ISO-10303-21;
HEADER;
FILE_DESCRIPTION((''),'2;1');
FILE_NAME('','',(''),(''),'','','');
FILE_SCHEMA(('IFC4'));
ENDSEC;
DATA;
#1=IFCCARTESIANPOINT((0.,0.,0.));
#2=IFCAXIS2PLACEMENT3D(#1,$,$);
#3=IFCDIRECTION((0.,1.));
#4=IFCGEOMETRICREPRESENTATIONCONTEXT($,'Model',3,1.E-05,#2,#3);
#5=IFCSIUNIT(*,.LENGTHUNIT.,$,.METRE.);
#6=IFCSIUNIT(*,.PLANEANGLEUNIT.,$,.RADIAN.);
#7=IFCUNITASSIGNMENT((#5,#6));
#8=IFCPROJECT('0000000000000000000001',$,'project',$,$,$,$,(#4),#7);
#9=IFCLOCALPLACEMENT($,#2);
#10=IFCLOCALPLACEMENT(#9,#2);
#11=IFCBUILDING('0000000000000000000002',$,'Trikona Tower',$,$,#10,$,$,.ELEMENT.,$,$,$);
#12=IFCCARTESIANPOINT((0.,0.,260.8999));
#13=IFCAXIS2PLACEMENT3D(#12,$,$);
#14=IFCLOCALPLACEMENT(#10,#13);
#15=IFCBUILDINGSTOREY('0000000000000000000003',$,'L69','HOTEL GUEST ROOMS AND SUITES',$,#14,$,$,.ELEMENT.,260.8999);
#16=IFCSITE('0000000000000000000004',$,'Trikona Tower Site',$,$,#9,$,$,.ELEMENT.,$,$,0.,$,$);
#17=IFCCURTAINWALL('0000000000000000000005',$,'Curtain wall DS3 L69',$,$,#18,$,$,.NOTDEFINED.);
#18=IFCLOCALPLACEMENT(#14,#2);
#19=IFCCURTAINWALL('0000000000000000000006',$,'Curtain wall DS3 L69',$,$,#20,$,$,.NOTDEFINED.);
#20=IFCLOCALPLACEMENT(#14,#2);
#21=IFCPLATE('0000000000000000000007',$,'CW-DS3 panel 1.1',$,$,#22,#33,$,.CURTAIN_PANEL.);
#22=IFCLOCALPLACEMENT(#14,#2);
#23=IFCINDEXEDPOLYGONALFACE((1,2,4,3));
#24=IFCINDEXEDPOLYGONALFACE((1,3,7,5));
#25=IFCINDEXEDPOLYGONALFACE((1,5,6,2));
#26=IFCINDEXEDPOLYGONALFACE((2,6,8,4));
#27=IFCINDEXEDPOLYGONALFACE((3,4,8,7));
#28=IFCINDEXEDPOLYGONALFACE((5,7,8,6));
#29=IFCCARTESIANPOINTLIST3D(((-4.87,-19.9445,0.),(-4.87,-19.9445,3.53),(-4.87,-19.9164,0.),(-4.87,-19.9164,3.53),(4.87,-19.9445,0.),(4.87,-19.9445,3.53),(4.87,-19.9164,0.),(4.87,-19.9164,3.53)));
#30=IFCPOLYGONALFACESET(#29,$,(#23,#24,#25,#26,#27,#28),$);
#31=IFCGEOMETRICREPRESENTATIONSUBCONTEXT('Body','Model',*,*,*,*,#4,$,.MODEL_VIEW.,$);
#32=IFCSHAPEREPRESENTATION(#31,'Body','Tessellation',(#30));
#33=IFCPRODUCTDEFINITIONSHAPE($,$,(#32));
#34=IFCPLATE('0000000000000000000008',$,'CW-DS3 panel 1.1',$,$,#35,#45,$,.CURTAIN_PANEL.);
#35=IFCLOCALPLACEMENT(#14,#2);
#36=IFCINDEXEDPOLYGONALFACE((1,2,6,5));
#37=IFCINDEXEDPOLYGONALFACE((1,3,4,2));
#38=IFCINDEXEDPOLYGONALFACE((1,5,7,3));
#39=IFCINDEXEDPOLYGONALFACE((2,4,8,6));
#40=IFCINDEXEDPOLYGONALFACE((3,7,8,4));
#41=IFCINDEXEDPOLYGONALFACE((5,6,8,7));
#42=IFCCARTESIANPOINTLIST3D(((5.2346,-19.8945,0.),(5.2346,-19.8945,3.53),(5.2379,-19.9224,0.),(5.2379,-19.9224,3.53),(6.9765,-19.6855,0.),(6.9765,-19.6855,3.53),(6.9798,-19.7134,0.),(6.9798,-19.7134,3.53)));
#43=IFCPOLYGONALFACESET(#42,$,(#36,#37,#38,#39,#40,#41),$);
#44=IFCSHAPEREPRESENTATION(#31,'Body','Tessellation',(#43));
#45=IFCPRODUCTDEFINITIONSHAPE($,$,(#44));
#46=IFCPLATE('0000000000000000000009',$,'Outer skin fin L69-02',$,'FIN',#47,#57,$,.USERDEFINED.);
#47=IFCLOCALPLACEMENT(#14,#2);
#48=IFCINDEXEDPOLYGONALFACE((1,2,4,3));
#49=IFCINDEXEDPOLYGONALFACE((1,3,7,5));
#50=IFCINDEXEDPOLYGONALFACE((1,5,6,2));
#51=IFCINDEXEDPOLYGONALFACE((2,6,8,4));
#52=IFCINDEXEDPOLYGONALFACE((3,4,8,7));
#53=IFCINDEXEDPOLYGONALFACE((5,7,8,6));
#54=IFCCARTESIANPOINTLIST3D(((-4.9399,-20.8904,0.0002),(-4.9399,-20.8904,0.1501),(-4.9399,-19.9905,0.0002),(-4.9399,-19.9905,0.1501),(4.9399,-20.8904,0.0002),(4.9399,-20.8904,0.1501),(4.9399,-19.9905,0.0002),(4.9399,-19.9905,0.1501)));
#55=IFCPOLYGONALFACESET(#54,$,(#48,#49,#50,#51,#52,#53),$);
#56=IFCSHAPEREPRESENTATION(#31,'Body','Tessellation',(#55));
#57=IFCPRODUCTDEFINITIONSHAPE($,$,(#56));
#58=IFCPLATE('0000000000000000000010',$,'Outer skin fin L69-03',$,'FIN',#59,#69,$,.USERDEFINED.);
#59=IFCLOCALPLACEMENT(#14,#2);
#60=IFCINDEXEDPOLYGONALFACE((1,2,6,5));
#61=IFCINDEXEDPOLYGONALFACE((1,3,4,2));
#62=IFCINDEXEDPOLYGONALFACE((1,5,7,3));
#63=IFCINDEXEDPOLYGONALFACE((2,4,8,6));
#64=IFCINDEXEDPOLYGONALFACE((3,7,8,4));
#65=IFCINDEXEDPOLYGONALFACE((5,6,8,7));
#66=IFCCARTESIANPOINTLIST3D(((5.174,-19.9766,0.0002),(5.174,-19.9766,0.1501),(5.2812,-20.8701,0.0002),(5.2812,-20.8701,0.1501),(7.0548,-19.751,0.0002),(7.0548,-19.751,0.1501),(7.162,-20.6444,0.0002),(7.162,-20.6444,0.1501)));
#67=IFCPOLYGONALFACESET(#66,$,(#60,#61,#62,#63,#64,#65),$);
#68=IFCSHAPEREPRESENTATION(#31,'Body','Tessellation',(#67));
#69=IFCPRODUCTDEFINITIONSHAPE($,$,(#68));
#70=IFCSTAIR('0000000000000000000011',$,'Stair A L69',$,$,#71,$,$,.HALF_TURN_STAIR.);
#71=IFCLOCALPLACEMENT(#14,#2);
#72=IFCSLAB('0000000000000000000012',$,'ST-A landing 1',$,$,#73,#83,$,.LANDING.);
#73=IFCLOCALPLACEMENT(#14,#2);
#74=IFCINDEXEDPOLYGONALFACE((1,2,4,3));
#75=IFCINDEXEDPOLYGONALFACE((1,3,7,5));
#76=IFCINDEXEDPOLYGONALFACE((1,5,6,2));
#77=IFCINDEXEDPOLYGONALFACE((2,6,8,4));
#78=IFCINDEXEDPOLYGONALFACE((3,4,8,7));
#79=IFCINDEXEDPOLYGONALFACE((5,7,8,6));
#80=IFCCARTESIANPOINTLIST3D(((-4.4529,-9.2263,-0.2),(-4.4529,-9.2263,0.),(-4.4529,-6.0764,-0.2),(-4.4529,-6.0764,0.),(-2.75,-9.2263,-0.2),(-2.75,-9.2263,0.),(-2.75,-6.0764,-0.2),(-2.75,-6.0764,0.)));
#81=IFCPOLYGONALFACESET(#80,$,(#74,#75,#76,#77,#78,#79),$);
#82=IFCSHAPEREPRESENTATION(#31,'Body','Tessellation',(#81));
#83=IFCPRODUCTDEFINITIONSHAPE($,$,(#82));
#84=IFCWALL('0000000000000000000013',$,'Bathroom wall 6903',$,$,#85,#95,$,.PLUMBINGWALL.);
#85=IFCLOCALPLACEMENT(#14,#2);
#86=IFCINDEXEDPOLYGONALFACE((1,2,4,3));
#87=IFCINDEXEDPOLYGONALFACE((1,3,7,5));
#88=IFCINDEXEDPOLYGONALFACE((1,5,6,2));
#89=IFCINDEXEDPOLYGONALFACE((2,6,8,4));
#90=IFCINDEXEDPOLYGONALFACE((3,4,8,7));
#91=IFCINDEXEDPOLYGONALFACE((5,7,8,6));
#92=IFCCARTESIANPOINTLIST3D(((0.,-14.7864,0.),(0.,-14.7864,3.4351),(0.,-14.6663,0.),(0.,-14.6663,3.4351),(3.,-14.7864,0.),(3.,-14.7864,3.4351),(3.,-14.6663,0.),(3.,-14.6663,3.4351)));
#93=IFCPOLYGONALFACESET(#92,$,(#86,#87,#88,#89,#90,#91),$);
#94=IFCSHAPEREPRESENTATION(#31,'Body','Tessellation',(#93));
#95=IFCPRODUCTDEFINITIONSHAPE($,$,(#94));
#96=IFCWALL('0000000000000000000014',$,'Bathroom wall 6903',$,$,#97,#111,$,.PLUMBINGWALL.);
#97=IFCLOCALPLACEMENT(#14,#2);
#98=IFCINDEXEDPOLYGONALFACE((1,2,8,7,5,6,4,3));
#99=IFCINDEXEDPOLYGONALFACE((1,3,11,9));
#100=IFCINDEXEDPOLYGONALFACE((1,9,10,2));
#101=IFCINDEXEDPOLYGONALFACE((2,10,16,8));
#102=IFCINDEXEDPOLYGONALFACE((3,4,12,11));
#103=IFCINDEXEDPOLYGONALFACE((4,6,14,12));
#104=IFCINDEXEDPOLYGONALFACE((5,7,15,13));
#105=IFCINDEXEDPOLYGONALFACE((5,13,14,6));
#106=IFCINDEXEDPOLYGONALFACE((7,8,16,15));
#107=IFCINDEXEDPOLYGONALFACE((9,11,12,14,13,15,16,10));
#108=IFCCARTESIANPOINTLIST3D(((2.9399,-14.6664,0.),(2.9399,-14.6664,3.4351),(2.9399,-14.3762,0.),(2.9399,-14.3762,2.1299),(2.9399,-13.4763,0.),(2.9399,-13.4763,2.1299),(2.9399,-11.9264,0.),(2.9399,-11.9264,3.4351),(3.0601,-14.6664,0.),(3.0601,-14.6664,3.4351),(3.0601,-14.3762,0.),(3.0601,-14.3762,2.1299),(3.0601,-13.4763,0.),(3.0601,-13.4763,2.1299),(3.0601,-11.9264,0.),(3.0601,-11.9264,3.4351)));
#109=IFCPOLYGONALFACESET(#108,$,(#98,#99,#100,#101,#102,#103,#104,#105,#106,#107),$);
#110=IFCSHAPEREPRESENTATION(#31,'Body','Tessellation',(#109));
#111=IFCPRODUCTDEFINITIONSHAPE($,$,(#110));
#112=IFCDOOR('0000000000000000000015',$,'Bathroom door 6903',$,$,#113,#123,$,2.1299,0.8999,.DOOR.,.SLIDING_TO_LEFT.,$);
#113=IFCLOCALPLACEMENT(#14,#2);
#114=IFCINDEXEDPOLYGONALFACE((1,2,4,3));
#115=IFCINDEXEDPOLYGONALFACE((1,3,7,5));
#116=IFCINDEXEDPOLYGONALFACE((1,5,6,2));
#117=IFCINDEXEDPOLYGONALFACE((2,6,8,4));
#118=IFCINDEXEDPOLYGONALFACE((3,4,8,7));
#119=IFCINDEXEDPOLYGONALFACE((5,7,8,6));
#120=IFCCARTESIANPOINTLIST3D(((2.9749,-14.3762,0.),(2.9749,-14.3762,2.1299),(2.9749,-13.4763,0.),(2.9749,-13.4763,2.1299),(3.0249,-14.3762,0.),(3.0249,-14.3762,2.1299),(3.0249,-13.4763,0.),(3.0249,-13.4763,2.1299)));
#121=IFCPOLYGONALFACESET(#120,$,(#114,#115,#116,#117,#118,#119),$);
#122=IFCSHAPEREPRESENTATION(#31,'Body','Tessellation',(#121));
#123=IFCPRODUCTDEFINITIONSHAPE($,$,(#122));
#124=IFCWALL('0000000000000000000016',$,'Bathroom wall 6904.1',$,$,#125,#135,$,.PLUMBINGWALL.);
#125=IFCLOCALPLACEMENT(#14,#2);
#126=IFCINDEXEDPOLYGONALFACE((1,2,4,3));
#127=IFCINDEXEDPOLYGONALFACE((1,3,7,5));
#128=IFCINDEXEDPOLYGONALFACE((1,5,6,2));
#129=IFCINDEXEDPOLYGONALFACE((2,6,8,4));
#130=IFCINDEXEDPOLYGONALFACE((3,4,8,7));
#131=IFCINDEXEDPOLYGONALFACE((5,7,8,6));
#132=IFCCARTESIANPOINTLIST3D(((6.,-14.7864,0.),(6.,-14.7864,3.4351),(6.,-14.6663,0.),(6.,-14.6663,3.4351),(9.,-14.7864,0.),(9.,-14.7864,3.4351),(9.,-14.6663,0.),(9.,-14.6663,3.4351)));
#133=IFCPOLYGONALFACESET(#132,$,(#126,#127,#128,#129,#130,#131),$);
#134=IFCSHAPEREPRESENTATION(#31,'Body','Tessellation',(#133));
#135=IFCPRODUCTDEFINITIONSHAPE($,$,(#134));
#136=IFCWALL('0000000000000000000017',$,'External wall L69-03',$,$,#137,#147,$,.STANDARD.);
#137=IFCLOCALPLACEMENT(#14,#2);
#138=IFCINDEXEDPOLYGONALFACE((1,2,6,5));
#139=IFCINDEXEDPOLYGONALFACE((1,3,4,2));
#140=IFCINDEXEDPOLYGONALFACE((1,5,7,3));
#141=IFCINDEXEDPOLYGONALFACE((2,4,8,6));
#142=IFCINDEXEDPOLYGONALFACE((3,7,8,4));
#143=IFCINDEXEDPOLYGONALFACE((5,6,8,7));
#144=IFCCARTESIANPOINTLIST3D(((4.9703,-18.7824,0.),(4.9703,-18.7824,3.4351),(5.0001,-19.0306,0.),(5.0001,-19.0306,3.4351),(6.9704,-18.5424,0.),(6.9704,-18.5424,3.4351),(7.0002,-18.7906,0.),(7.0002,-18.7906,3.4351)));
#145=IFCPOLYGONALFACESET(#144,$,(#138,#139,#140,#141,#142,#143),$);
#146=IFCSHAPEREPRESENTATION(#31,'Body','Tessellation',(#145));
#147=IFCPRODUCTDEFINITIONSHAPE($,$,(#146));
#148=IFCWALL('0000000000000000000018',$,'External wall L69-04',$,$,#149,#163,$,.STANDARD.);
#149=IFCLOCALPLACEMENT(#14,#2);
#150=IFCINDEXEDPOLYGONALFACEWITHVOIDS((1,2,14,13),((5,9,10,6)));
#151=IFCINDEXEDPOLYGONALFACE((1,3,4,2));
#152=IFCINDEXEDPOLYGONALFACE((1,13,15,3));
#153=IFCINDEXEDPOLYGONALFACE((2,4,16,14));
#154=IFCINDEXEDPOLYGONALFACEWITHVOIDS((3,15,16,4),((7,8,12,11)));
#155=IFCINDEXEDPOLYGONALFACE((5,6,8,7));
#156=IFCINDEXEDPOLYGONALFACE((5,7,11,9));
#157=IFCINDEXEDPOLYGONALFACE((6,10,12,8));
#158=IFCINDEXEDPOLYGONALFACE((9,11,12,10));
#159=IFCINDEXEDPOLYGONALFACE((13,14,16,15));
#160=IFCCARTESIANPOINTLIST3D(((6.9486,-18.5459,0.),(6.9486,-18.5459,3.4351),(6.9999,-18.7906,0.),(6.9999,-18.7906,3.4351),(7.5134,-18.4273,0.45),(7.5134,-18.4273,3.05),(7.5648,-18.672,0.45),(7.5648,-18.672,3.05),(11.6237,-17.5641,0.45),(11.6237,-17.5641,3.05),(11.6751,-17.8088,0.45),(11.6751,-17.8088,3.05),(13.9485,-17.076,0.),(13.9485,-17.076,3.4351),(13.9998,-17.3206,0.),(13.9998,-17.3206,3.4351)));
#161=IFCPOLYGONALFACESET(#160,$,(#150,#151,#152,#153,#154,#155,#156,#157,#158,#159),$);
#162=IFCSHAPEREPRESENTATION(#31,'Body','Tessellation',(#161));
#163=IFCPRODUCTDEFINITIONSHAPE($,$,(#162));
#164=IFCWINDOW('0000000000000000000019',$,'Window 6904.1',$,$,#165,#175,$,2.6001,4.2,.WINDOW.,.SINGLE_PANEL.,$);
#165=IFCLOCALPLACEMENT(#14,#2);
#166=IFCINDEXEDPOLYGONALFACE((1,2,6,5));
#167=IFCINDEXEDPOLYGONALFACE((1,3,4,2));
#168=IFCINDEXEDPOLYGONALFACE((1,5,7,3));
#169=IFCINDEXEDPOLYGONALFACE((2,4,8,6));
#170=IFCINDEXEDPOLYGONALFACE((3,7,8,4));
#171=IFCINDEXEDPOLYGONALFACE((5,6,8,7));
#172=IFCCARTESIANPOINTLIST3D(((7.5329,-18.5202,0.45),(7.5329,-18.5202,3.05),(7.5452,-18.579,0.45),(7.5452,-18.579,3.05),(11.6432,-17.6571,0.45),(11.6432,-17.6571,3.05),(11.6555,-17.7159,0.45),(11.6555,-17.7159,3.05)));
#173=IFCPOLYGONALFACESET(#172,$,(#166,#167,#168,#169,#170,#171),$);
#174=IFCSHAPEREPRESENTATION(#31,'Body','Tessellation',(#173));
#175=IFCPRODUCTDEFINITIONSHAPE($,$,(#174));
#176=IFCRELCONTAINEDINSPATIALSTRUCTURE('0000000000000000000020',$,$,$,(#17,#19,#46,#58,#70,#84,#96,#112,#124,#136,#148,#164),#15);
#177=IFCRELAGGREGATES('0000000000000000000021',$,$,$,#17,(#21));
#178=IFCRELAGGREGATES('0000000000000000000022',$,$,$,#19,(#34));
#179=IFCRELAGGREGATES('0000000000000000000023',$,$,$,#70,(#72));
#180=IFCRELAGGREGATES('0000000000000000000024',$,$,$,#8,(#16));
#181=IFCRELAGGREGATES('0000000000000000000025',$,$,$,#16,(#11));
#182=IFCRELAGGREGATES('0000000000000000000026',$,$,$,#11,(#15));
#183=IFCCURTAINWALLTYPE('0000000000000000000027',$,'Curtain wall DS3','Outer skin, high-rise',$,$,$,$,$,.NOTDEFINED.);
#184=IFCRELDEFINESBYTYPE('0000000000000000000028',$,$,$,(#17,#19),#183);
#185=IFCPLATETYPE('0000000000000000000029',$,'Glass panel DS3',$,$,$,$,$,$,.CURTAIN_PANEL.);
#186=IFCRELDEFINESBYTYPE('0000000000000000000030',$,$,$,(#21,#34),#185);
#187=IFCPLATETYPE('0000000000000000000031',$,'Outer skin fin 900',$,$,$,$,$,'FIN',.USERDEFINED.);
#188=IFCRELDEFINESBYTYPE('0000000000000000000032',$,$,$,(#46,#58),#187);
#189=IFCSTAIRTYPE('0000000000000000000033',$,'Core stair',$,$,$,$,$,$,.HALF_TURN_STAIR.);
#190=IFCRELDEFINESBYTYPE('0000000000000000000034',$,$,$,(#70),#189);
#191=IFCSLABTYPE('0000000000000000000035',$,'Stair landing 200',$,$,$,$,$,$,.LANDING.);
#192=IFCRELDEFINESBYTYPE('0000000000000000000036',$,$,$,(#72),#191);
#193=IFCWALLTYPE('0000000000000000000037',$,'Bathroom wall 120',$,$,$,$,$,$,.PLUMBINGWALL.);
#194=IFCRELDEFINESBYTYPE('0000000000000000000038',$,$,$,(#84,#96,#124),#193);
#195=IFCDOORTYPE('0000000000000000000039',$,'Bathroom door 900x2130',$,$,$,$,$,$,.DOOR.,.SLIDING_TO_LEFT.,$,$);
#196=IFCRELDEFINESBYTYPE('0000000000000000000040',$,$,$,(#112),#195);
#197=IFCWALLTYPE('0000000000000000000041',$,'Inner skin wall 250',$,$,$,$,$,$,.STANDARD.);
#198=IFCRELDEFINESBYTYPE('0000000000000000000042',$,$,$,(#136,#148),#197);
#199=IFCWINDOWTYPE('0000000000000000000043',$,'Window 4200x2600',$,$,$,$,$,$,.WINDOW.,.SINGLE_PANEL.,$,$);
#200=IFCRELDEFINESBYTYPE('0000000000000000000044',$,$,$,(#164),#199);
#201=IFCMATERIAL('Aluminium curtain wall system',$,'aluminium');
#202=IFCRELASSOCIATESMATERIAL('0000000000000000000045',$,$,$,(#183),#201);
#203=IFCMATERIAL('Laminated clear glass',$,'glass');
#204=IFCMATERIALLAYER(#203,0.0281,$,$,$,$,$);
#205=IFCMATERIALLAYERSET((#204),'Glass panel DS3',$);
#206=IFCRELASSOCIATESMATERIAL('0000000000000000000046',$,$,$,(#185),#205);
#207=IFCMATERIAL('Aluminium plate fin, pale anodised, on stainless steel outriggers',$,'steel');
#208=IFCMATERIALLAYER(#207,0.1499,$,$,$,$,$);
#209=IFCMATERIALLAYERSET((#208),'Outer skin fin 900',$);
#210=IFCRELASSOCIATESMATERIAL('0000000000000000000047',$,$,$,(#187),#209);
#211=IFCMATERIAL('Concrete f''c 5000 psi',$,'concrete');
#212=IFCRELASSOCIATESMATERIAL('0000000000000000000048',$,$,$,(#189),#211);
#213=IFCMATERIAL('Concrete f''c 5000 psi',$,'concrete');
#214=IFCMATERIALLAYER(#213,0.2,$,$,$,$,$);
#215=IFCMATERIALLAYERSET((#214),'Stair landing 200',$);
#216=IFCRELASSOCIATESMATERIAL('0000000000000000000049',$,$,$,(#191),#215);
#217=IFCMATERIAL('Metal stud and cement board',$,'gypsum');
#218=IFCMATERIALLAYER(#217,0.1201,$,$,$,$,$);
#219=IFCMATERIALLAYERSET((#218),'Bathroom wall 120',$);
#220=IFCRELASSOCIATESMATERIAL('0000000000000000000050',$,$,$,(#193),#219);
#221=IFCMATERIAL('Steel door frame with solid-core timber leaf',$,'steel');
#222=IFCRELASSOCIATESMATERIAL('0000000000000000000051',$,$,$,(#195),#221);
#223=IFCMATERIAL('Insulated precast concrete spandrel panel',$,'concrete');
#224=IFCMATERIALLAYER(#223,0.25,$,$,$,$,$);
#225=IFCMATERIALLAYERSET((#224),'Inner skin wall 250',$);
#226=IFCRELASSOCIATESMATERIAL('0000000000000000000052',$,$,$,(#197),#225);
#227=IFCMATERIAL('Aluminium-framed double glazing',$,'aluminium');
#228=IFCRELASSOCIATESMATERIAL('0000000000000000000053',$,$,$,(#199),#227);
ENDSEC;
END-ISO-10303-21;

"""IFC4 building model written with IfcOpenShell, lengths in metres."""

from ifc_helpers import new_model, si_unit, direction, frame, frame_2d, origin, origin_2d, place, context, subcontext, project, spatial, polyline, rectangle, outline, extrude, material, layer, layer_set, type_object, element, fill, aggregate, save


model = new_model("IFC4")

# Units and contexts
model_context = context("Model", 3, precision=1e-05, world=origin(), true_north=direction((0.0, 1.0)))
body_context = subcontext(model_context, "Body", "Model", "MODEL_VIEW")
ifc_project = project(units=[si_unit("LENGTHUNIT", "METRE"), si_unit("PLANEANGLEUNIT", "RADIAN")], contexts=[model_context])

# Site, building, storey
site_placement = place(None, origin())
site = spatial("IfcSite", under=ifc_project, at=site_placement, Name="Trikona Tower Site", CompositionType="ELEMENT", RefElevation=0.0)
building_placement = place(site_placement, origin())
building = spatial("IfcBuilding", under=site, at=building_placement, Name="Trikona Tower", CompositionType="ELEMENT")
storey_placement = place(building_placement, frame((0.0, 0.0, 260.8999)))
storey = spatial("IfcBuildingStorey", under=building, at=storey_placement, Name="L69", Description="HOTEL GUEST ROOMS AND SUITES", CompositionType="ELEMENT", Elevation=260.8999)

# Curtain wall
ifc_material_1 = material(Name="Aluminium curtain wall system", Category="aluminium")
curtain_wall_type = type_object("IfcCurtainWallType", Name="Curtain wall DS3", Description="Outer skin, high-rise", PredefinedType="NOTDEFINED", material=ifc_material_1)
curtain_wall_1_placement = place(storey_placement, origin())
curtain_wall_1 = element("IfcCurtainWall", 1, at=curtain_wall_1_placement, inside=storey, type_object=curtain_wall_type, Name="Curtain wall DS3 L69", PredefinedType="NOTDEFINED")

# Curtain wall
curtain_wall_2_placement = place(storey_placement, origin())
curtain_wall_2 = element("IfcCurtainWall", 2, at=curtain_wall_2_placement, inside=storey, type_object=curtain_wall_type, Name="Curtain wall DS3 L69", PredefinedType="NOTDEFINED")

# Plates
ifc_material_2 = material(Name="Laminated clear glass", Category="glass")
ifc_layer_1 = layer(ifc_material_2, 0.0281)
ifc_layer_set_1 = layer_set([ifc_layer_1], Name="Glass panel DS3")
plate_type_1 = type_object("IfcPlateType", Name="Glass panel DS3", PredefinedType="CURTAIN_PANEL", material=ifc_layer_set_1)
plate_1_placement = place(storey_placement, frame((0.0, -19.9304, 0.0), z_axis=(0.0, 0.0, 1.0), x_axis=(1.0, 0.0, 0.0)))
plate_1 = element("IfcPlate", 3, at=plate_1_placement, type_object=plate_type_1, Name="CW-DS3 panel 1.1", PredefinedType="CURTAIN_PANEL", context=body_context, shape_type="SweptSolid", body=[
    extrude(rectangle(XDim=9.74, YDim=0.0281, at=origin_2d()), origin(), (0.0, 0.0, 1.0), 3.53),
])
aggregate(curtain_wall_1, [plate_1])
plate_2_placement = place(storey_placement, frame((6.1072, -19.804, 0.0), z_axis=(0.0, 0.0, 1.0), x_axis=(0.992877, 0.119141, 0.0)))
plate_2 = element("IfcPlate", 4, at=plate_2_placement, type_object=plate_type_1, Name="CW-DS3 panel 1.1", PredefinedType="CURTAIN_PANEL", context=body_context, shape_type="SweptSolid", body=[
    extrude(rectangle(XDim=1.7544, YDim=0.0281, at=origin_2d()), origin(), (0.0, 0.0, 1.0), 3.53),
])
aggregate(curtain_wall_2, [plate_2])

# Plates
ifc_material_3 = material(Name="Aluminium plate fin, pale anodised, on stainless steel outriggers", Category="steel")
ifc_layer_2 = layer(ifc_material_3, 0.1499)
ifc_layer_set_2 = layer_set([ifc_layer_2], Name="Outer skin fin 900")
plate_type_2 = type_object("IfcPlateType", Name="Outer skin fin 900", ElementType="FIN", PredefinedType="USERDEFINED", material=ifc_layer_set_2)
plate_3_placement = place(storey_placement, frame((0.0, -20.4404, 0.0002), z_axis=(0.0, 0.0, 1.0), x_axis=(1.0, 0.0, 0.0)))
element("IfcPlate", 5, at=plate_3_placement, inside=storey, type_object=plate_type_2, Name="Outer skin fin L69-02", ObjectType="FIN", PredefinedType="USERDEFINED", context=body_context, shape_type="SweptSolid", body=[
    extrude(rectangle(XDim=9.8799, YDim=0.8999, at=origin_2d()), origin(), (0.0, 0.0, 1.0), 0.1499),
])
plate_4_placement = place(storey_placement, frame((6.168, -20.3105, 0.0002), z_axis=(0.0, 0.0, 1.0), x_axis=(0.992877, 0.119146, 0.0)))
element("IfcPlate", 6, at=plate_4_placement, inside=storey, type_object=plate_type_2, Name="Outer skin fin L69-03", ObjectType="FIN", PredefinedType="USERDEFINED", context=body_context, shape_type="SweptSolid", body=[
    extrude(rectangle(XDim=1.8943, YDim=0.8999, at=origin_2d()), origin(), (0.0, 0.0, 1.0), 0.1499),
])

# Stair, slab
ifc_material_4 = material(Name="Concrete f'c 5000 psi", Category="concrete")
stair_type = type_object("IfcStairType", Name="Core stair", PredefinedType="HALF_TURN_STAIR", material=ifc_material_4)
stair_placement = place(storey_placement, origin())
stair = element("IfcStair", 7, at=stair_placement, inside=storey, type_object=stair_type, Name="Stair A L69", PredefinedType="HALF_TURN_STAIR")
ifc_material_5 = material(Name="Concrete f'c 5000 psi", Category="concrete")
ifc_layer_3 = layer(ifc_material_5, 0.2)
ifc_layer_set_3 = layer_set([ifc_layer_3], Name="Stair landing 200")
slab_type_1 = type_object("IfcSlabType", Name="Stair landing 200", PredefinedType="LANDING", material=ifc_layer_set_3)
slab_1_placement = place(storey_placement, frame((0.0, 0.0, -0.2)))
slab_1 = element("IfcSlab", 8, at=slab_1_placement, type_object=slab_type_1, Name="ST-A landing 1", PredefinedType="LANDING", context=body_context, shape_type="SweptSolid", body=[
    extrude(outline(polyline([(-4.4529, -6.0764), (-2.75, -6.0764), (-2.75, -9.2263), (-4.4529, -9.2263), (-4.4529, -6.0764)])), origin(), (0.0, 0.0, 1.0), 0.2),
])
aggregate(stair, [slab_1])

# Wall
ifc_material_6 = material(Name="Metal stud and cement board", Category="gypsum")
ifc_layer_4 = layer(ifc_material_6, 0.1201)
ifc_layer_set_4 = layer_set([ifc_layer_4], Name="Bathroom wall 120")
wall_type_1 = type_object("IfcWallType", Name="Bathroom wall 120", PredefinedType="PLUMBINGWALL", material=ifc_layer_set_4)
wall_1_placement = place(storey_placement, frame((0.0, -14.7263, 0.0), z_axis=(0.0, 0.0, 1.0), x_axis=(1.0, 0.0, 0.0)))
element("IfcWall", 9, at=wall_1_placement, inside=storey, type_object=wall_type_1, Name="Bathroom wall 6903", PredefinedType="PLUMBINGWALL", context=body_context, shape_type="SweptSolid", body=[
    extrude(rectangle(XDim=3.0, YDim=0.1201, at=frame_2d((1.5, 0.0))), origin(), (0.0, 0.0, 1.0), 3.4351),
])

# Wall, opening, door
wall_2_placement = place(storey_placement, frame((3.0, -11.9263, 0.0), z_axis=(0.0, 0.0, 1.0), x_axis=(0.0, -1.0, 0.0)))
wall_2 = element("IfcWall", 10, at=wall_2_placement, inside=storey, type_object=wall_type_1, Name="Bathroom wall 6903", PredefinedType="PLUMBINGWALL", context=body_context, shape_type="SweptSolid", body=[
    extrude(rectangle(XDim=2.74, YDim=0.1201, at=frame_2d((1.3701, 0.0))), origin(), (0.0, 0.0, 1.0), 3.4351),
])
opening_1_placement = place(wall_2_placement, frame((1.55, 0.0, 0.0)))
opening_1 = element("IfcOpeningElement", 11, at=opening_1_placement, cuts=wall_2, PredefinedType="OPENING", context=body_context, shape_type="SweptSolid", body=[
    extrude(rectangle(XDim=0.8999, YDim=2.1299, at=frame_2d((0.45, 1.0649))), frame((0.0, 0.0701, 0.0), z_axis=(0.0, -1.0, 0.0), x_axis=(1.0, 0.0, 0.0)), (0.0, 0.0, 1.0), 0.1401),
])
ifc_material_7 = material(Name="Steel door frame with solid-core timber leaf", Category="steel")
door_type = type_object("IfcDoorType", Name="Bathroom door 900x2130", OperationType="SLIDING_TO_LEFT", PredefinedType="DOOR", material=ifc_material_7)
door_placement = place(opening_1_placement, origin())
door = element("IfcDoor", 12, at=door_placement, inside=storey, type_object=door_type, Name="Bathroom door 6903", OperationType="SLIDING_TO_LEFT", OverallHeight=2.1299, OverallWidth=0.8999, PredefinedType="DOOR", context=body_context, shape_type="SweptSolid", body=[
    extrude(rectangle(XDim=0.8999, YDim=2.1299, at=frame_2d((0.45, 1.0649))), frame((0.0, 0.0249, 0.0), z_axis=(0.0, -1.0, 0.0), x_axis=(1.0, 0.0, 0.0)), (0.0, 0.0, 1.0), 0.05),
])
fill(opening_1, door)

# Walls
wall_3_placement = place(storey_placement, frame((6.0, -14.7263, 0.0), z_axis=(0.0, 0.0, 1.0), x_axis=(1.0, 0.0, 0.0)))
element("IfcWall", 13, at=wall_3_placement, inside=storey, type_object=wall_type_1, Name="Bathroom wall 6904.1", PredefinedType="PLUMBINGWALL", context=body_context, shape_type="SweptSolid", body=[
    extrude(rectangle(XDim=3.0, YDim=0.1201, at=frame_2d((1.5, 0.0))), origin(), (0.0, 0.0, 1.0), 3.4351),
])
ifc_material_8 = material(Name="Insulated precast concrete spandrel panel", Category="concrete")
ifc_layer_5 = layer(ifc_material_8, 0.25)
ifc_layer_set_5 = layer_set([ifc_layer_5], Name="Inner skin wall 250")
wall_type_2 = type_object("IfcWallType", Name="Inner skin wall 250", PredefinedType="STANDARD", material=ifc_layer_set_5)
wall_4_placement = place(storey_placement, frame((4.9851, -18.9065, 0.0), z_axis=(0.0, 0.0, 1.0), x_axis=(0.992877, 0.11914, 0.0)))
element("IfcWall", 14, at=wall_4_placement, inside=storey, type_object=wall_type_2, Name="External wall L69-03", PredefinedType="STANDARD", context=body_context, shape_type="SweptSolid", body=[
    extrude(rectangle(XDim=2.0144, YDim=0.25, at=frame_2d((1.0073, 0.0))), origin(), (0.0, 0.0, 1.0), 3.4351),
])

# Wall, opening, window
wall_5_placement = place(storey_placement, frame((6.9744, -18.6682, 0.0), z_axis=(0.0, 0.0, 1.0), x_axis=(0.978654, 0.205513, 0.0)))
wall_5 = element("IfcWall", 15, at=wall_5_placement, inside=storey, type_object=wall_type_2, Name="External wall L69-04", PredefinedType="STANDARD", context=body_context, shape_type="SweptSolid", body=[
    extrude(rectangle(XDim=7.1526, YDim=0.25, at=frame_2d((3.5762, 0.0))), origin(), (0.0, 0.0, 1.0), 3.4351),
])
opening_2_placement = place(wall_5_placement, frame((0.5769, 0.0, 0.45)))
opening_2 = element("IfcOpeningElement", 16, at=opening_2_placement, cuts=wall_5, PredefinedType="OPENING", context=body_context, shape_type="SweptSolid", body=[
    extrude(rectangle(XDim=4.2, YDim=2.6001, at=frame_2d((2.1001, 1.3))), frame((0.0, 0.135, 0.0), z_axis=(0.0, -1.0, 0.0), x_axis=(1.0, 0.0, 0.0)), (0.0, 0.0, 1.0), 0.27),
])
ifc_material_9 = material(Name="Aluminium-framed double glazing", Category="aluminium")
window_type = type_object("IfcWindowType", Name="Window 4200x2600", PartitioningType="SINGLE_PANEL", PredefinedType="WINDOW", material=ifc_material_9)
window_placement = place(opening_2_placement, origin())
window = element("IfcWindow", 17, at=window_placement, inside=storey, type_object=window_type, Name="Window 6904.1", OverallHeight=2.6001, OverallWidth=4.2, PartitioningType="SINGLE_PANEL", PredefinedType="WINDOW", context=body_context, shape_type="SweptSolid", body=[
    extrude(rectangle(XDim=4.2, YDim=2.6001, at=frame_2d((2.1001, 1.3))), frame((0.0, 0.03, 0.0), z_axis=(0.0, -1.0, 0.0), x_axis=(1.0, 0.0, 0.0)), (0.0, 0.0, 1.0), 0.0601),
])
fill(opening_2, window)

save(model, "model.ifc")
